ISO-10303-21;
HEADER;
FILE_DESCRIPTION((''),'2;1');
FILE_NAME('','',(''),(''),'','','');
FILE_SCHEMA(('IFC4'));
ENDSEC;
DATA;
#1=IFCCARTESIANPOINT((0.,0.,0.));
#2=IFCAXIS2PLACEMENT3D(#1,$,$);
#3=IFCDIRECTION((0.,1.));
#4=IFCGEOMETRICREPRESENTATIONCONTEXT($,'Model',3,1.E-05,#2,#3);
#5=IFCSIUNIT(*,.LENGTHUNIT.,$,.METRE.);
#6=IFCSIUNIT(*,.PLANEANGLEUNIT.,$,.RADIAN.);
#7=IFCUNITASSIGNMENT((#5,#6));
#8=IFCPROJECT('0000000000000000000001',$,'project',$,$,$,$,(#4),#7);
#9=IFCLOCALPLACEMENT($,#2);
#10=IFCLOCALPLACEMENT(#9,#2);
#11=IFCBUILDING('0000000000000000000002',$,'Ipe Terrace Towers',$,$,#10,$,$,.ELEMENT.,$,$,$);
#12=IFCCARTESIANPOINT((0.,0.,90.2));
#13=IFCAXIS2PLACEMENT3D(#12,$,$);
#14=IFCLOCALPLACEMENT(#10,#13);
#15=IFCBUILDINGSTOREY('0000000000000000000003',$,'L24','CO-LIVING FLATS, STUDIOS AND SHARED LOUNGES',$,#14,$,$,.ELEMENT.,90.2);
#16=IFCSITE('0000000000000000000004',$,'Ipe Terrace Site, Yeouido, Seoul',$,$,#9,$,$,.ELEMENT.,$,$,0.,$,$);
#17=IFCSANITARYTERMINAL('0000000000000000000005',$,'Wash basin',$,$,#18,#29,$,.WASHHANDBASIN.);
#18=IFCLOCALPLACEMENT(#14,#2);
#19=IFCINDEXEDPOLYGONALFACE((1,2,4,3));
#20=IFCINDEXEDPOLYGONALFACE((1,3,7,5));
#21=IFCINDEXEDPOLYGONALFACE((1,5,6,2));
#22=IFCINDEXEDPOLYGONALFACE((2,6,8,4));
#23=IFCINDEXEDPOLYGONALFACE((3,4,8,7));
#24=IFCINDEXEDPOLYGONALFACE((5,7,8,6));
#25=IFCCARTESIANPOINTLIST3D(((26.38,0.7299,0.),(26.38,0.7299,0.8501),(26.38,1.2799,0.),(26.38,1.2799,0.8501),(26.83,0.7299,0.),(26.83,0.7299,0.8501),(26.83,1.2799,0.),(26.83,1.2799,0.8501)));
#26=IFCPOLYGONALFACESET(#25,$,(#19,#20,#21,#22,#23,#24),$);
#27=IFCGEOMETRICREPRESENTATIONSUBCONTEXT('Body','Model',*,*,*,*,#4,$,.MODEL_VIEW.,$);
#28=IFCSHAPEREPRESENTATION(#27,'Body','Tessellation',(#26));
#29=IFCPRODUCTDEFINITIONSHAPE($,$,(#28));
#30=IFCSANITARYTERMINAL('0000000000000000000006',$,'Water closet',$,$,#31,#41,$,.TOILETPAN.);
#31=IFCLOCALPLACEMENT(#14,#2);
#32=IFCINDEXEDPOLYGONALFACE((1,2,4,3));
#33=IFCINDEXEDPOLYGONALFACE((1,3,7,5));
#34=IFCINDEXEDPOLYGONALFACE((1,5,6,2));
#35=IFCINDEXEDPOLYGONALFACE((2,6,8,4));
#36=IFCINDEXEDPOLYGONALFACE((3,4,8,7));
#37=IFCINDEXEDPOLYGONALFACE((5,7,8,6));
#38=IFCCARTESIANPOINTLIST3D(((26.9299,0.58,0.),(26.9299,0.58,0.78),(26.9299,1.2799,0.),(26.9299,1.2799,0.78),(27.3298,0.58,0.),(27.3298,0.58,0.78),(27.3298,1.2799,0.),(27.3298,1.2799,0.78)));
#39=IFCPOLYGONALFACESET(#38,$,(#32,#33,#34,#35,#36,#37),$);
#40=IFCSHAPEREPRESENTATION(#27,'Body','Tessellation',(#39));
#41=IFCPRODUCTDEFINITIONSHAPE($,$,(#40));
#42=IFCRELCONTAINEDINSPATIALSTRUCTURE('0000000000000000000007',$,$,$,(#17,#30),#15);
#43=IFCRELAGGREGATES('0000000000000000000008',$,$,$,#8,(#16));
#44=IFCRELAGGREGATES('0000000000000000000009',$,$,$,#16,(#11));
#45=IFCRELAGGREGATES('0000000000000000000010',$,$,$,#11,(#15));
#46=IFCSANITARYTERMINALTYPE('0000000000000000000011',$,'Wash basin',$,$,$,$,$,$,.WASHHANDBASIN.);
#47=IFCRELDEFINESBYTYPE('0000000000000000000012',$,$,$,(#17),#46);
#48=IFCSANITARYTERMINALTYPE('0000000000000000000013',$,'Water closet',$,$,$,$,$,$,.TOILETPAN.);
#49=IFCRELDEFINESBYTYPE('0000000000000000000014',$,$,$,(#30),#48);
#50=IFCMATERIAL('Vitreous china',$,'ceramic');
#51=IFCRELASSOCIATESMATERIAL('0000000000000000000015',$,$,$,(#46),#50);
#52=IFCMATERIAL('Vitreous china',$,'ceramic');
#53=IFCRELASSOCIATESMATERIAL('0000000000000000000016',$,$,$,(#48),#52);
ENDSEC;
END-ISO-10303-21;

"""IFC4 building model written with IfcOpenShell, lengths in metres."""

from ifc_helpers import new_model, si_unit, direction, frame, origin, origin_2d, place, context, subcontext, project, spatial, rectangle, extrude, material, type_object, element, save


model = new_model("IFC4")

# Units and contexts
model_context = context("Model", 3, precision=1e-05, world=origin(), true_north=direction((0.0, 1.0)))
body_context = subcontext(model_context, "Body", "Model", "MODEL_VIEW")
ifc_project = project(units=[si_unit("LENGTHUNIT", "METRE"), si_unit("PLANEANGLEUNIT", "RADIAN")], contexts=[model_context])

# Site, building, storey
site_placement = place(None, origin())
site = spatial("IfcSite", under=ifc_project, at=site_placement, Name="Ipe Terrace Site, Yeouido, Seoul", CompositionType="ELEMENT", RefElevation=0.0)
building_placement = place(site_placement, origin())
building = spatial("IfcBuilding", under=site, at=building_placement, Name="Ipe Terrace Towers", CompositionType="ELEMENT")
storey_placement = place(building_placement, frame((0.0, 0.0, 90.2)))
storey = spatial("IfcBuildingStorey", under=building, at=storey_placement, Name="L24", Description="CO-LIVING FLATS, STUDIOS AND SHARED LOUNGES", CompositionType="ELEMENT", Elevation=90.2)

# Sanitary terminals
ifc_material_1 = material(Name="Vitreous china", Category="ceramic")
sanitary_terminal_type_1 = type_object("IfcSanitaryTerminalType", Name="Wash basin", PredefinedType="WASHHANDBASIN", material=ifc_material_1)
sanitary_terminal_1_placement = place(storey_placement, frame((26.605, 1.0049, 0.0), z_axis=(0.0, 0.0, 1.0), x_axis=(0.0, -1.0, 0.0)))
element("IfcSanitaryTerminal", 1, at=sanitary_terminal_1_placement, inside=storey, type_object=sanitary_terminal_type_1, Name="Wash basin", PredefinedType="WASHHANDBASIN", context=body_context, shape_type="SweptSolid", body=[
    extrude(rectangle(XDim=0.55, YDim=0.45, at=origin_2d()), origin(), (0.0, 0.0, 1.0), 0.8501),
])
ifc_material_2 = material(Name="Vitreous china", Category="ceramic")
sanitary_terminal_type_2 = type_object("IfcSanitaryTerminalType", Name="Water closet", PredefinedType="TOILETPAN", material=ifc_material_2)
sanitary_terminal_2_placement = place(storey_placement, frame((27.1299, 0.9299, 0.0), z_axis=(0.0, 0.0, 1.0), x_axis=(0.0, -1.0, 0.0)))
element("IfcSanitaryTerminal", 2, at=sanitary_terminal_2_placement, inside=storey, type_object=sanitary_terminal_type_2, Name="Water closet", PredefinedType="TOILETPAN", context=body_context, shape_type="SweptSolid", body=[
    extrude(rectangle(XDim=0.7, YDim=0.3999, at=origin_2d()), origin(), (0.0, 0.0, 1.0), 0.78),
])

save(model, "model.ifc")
